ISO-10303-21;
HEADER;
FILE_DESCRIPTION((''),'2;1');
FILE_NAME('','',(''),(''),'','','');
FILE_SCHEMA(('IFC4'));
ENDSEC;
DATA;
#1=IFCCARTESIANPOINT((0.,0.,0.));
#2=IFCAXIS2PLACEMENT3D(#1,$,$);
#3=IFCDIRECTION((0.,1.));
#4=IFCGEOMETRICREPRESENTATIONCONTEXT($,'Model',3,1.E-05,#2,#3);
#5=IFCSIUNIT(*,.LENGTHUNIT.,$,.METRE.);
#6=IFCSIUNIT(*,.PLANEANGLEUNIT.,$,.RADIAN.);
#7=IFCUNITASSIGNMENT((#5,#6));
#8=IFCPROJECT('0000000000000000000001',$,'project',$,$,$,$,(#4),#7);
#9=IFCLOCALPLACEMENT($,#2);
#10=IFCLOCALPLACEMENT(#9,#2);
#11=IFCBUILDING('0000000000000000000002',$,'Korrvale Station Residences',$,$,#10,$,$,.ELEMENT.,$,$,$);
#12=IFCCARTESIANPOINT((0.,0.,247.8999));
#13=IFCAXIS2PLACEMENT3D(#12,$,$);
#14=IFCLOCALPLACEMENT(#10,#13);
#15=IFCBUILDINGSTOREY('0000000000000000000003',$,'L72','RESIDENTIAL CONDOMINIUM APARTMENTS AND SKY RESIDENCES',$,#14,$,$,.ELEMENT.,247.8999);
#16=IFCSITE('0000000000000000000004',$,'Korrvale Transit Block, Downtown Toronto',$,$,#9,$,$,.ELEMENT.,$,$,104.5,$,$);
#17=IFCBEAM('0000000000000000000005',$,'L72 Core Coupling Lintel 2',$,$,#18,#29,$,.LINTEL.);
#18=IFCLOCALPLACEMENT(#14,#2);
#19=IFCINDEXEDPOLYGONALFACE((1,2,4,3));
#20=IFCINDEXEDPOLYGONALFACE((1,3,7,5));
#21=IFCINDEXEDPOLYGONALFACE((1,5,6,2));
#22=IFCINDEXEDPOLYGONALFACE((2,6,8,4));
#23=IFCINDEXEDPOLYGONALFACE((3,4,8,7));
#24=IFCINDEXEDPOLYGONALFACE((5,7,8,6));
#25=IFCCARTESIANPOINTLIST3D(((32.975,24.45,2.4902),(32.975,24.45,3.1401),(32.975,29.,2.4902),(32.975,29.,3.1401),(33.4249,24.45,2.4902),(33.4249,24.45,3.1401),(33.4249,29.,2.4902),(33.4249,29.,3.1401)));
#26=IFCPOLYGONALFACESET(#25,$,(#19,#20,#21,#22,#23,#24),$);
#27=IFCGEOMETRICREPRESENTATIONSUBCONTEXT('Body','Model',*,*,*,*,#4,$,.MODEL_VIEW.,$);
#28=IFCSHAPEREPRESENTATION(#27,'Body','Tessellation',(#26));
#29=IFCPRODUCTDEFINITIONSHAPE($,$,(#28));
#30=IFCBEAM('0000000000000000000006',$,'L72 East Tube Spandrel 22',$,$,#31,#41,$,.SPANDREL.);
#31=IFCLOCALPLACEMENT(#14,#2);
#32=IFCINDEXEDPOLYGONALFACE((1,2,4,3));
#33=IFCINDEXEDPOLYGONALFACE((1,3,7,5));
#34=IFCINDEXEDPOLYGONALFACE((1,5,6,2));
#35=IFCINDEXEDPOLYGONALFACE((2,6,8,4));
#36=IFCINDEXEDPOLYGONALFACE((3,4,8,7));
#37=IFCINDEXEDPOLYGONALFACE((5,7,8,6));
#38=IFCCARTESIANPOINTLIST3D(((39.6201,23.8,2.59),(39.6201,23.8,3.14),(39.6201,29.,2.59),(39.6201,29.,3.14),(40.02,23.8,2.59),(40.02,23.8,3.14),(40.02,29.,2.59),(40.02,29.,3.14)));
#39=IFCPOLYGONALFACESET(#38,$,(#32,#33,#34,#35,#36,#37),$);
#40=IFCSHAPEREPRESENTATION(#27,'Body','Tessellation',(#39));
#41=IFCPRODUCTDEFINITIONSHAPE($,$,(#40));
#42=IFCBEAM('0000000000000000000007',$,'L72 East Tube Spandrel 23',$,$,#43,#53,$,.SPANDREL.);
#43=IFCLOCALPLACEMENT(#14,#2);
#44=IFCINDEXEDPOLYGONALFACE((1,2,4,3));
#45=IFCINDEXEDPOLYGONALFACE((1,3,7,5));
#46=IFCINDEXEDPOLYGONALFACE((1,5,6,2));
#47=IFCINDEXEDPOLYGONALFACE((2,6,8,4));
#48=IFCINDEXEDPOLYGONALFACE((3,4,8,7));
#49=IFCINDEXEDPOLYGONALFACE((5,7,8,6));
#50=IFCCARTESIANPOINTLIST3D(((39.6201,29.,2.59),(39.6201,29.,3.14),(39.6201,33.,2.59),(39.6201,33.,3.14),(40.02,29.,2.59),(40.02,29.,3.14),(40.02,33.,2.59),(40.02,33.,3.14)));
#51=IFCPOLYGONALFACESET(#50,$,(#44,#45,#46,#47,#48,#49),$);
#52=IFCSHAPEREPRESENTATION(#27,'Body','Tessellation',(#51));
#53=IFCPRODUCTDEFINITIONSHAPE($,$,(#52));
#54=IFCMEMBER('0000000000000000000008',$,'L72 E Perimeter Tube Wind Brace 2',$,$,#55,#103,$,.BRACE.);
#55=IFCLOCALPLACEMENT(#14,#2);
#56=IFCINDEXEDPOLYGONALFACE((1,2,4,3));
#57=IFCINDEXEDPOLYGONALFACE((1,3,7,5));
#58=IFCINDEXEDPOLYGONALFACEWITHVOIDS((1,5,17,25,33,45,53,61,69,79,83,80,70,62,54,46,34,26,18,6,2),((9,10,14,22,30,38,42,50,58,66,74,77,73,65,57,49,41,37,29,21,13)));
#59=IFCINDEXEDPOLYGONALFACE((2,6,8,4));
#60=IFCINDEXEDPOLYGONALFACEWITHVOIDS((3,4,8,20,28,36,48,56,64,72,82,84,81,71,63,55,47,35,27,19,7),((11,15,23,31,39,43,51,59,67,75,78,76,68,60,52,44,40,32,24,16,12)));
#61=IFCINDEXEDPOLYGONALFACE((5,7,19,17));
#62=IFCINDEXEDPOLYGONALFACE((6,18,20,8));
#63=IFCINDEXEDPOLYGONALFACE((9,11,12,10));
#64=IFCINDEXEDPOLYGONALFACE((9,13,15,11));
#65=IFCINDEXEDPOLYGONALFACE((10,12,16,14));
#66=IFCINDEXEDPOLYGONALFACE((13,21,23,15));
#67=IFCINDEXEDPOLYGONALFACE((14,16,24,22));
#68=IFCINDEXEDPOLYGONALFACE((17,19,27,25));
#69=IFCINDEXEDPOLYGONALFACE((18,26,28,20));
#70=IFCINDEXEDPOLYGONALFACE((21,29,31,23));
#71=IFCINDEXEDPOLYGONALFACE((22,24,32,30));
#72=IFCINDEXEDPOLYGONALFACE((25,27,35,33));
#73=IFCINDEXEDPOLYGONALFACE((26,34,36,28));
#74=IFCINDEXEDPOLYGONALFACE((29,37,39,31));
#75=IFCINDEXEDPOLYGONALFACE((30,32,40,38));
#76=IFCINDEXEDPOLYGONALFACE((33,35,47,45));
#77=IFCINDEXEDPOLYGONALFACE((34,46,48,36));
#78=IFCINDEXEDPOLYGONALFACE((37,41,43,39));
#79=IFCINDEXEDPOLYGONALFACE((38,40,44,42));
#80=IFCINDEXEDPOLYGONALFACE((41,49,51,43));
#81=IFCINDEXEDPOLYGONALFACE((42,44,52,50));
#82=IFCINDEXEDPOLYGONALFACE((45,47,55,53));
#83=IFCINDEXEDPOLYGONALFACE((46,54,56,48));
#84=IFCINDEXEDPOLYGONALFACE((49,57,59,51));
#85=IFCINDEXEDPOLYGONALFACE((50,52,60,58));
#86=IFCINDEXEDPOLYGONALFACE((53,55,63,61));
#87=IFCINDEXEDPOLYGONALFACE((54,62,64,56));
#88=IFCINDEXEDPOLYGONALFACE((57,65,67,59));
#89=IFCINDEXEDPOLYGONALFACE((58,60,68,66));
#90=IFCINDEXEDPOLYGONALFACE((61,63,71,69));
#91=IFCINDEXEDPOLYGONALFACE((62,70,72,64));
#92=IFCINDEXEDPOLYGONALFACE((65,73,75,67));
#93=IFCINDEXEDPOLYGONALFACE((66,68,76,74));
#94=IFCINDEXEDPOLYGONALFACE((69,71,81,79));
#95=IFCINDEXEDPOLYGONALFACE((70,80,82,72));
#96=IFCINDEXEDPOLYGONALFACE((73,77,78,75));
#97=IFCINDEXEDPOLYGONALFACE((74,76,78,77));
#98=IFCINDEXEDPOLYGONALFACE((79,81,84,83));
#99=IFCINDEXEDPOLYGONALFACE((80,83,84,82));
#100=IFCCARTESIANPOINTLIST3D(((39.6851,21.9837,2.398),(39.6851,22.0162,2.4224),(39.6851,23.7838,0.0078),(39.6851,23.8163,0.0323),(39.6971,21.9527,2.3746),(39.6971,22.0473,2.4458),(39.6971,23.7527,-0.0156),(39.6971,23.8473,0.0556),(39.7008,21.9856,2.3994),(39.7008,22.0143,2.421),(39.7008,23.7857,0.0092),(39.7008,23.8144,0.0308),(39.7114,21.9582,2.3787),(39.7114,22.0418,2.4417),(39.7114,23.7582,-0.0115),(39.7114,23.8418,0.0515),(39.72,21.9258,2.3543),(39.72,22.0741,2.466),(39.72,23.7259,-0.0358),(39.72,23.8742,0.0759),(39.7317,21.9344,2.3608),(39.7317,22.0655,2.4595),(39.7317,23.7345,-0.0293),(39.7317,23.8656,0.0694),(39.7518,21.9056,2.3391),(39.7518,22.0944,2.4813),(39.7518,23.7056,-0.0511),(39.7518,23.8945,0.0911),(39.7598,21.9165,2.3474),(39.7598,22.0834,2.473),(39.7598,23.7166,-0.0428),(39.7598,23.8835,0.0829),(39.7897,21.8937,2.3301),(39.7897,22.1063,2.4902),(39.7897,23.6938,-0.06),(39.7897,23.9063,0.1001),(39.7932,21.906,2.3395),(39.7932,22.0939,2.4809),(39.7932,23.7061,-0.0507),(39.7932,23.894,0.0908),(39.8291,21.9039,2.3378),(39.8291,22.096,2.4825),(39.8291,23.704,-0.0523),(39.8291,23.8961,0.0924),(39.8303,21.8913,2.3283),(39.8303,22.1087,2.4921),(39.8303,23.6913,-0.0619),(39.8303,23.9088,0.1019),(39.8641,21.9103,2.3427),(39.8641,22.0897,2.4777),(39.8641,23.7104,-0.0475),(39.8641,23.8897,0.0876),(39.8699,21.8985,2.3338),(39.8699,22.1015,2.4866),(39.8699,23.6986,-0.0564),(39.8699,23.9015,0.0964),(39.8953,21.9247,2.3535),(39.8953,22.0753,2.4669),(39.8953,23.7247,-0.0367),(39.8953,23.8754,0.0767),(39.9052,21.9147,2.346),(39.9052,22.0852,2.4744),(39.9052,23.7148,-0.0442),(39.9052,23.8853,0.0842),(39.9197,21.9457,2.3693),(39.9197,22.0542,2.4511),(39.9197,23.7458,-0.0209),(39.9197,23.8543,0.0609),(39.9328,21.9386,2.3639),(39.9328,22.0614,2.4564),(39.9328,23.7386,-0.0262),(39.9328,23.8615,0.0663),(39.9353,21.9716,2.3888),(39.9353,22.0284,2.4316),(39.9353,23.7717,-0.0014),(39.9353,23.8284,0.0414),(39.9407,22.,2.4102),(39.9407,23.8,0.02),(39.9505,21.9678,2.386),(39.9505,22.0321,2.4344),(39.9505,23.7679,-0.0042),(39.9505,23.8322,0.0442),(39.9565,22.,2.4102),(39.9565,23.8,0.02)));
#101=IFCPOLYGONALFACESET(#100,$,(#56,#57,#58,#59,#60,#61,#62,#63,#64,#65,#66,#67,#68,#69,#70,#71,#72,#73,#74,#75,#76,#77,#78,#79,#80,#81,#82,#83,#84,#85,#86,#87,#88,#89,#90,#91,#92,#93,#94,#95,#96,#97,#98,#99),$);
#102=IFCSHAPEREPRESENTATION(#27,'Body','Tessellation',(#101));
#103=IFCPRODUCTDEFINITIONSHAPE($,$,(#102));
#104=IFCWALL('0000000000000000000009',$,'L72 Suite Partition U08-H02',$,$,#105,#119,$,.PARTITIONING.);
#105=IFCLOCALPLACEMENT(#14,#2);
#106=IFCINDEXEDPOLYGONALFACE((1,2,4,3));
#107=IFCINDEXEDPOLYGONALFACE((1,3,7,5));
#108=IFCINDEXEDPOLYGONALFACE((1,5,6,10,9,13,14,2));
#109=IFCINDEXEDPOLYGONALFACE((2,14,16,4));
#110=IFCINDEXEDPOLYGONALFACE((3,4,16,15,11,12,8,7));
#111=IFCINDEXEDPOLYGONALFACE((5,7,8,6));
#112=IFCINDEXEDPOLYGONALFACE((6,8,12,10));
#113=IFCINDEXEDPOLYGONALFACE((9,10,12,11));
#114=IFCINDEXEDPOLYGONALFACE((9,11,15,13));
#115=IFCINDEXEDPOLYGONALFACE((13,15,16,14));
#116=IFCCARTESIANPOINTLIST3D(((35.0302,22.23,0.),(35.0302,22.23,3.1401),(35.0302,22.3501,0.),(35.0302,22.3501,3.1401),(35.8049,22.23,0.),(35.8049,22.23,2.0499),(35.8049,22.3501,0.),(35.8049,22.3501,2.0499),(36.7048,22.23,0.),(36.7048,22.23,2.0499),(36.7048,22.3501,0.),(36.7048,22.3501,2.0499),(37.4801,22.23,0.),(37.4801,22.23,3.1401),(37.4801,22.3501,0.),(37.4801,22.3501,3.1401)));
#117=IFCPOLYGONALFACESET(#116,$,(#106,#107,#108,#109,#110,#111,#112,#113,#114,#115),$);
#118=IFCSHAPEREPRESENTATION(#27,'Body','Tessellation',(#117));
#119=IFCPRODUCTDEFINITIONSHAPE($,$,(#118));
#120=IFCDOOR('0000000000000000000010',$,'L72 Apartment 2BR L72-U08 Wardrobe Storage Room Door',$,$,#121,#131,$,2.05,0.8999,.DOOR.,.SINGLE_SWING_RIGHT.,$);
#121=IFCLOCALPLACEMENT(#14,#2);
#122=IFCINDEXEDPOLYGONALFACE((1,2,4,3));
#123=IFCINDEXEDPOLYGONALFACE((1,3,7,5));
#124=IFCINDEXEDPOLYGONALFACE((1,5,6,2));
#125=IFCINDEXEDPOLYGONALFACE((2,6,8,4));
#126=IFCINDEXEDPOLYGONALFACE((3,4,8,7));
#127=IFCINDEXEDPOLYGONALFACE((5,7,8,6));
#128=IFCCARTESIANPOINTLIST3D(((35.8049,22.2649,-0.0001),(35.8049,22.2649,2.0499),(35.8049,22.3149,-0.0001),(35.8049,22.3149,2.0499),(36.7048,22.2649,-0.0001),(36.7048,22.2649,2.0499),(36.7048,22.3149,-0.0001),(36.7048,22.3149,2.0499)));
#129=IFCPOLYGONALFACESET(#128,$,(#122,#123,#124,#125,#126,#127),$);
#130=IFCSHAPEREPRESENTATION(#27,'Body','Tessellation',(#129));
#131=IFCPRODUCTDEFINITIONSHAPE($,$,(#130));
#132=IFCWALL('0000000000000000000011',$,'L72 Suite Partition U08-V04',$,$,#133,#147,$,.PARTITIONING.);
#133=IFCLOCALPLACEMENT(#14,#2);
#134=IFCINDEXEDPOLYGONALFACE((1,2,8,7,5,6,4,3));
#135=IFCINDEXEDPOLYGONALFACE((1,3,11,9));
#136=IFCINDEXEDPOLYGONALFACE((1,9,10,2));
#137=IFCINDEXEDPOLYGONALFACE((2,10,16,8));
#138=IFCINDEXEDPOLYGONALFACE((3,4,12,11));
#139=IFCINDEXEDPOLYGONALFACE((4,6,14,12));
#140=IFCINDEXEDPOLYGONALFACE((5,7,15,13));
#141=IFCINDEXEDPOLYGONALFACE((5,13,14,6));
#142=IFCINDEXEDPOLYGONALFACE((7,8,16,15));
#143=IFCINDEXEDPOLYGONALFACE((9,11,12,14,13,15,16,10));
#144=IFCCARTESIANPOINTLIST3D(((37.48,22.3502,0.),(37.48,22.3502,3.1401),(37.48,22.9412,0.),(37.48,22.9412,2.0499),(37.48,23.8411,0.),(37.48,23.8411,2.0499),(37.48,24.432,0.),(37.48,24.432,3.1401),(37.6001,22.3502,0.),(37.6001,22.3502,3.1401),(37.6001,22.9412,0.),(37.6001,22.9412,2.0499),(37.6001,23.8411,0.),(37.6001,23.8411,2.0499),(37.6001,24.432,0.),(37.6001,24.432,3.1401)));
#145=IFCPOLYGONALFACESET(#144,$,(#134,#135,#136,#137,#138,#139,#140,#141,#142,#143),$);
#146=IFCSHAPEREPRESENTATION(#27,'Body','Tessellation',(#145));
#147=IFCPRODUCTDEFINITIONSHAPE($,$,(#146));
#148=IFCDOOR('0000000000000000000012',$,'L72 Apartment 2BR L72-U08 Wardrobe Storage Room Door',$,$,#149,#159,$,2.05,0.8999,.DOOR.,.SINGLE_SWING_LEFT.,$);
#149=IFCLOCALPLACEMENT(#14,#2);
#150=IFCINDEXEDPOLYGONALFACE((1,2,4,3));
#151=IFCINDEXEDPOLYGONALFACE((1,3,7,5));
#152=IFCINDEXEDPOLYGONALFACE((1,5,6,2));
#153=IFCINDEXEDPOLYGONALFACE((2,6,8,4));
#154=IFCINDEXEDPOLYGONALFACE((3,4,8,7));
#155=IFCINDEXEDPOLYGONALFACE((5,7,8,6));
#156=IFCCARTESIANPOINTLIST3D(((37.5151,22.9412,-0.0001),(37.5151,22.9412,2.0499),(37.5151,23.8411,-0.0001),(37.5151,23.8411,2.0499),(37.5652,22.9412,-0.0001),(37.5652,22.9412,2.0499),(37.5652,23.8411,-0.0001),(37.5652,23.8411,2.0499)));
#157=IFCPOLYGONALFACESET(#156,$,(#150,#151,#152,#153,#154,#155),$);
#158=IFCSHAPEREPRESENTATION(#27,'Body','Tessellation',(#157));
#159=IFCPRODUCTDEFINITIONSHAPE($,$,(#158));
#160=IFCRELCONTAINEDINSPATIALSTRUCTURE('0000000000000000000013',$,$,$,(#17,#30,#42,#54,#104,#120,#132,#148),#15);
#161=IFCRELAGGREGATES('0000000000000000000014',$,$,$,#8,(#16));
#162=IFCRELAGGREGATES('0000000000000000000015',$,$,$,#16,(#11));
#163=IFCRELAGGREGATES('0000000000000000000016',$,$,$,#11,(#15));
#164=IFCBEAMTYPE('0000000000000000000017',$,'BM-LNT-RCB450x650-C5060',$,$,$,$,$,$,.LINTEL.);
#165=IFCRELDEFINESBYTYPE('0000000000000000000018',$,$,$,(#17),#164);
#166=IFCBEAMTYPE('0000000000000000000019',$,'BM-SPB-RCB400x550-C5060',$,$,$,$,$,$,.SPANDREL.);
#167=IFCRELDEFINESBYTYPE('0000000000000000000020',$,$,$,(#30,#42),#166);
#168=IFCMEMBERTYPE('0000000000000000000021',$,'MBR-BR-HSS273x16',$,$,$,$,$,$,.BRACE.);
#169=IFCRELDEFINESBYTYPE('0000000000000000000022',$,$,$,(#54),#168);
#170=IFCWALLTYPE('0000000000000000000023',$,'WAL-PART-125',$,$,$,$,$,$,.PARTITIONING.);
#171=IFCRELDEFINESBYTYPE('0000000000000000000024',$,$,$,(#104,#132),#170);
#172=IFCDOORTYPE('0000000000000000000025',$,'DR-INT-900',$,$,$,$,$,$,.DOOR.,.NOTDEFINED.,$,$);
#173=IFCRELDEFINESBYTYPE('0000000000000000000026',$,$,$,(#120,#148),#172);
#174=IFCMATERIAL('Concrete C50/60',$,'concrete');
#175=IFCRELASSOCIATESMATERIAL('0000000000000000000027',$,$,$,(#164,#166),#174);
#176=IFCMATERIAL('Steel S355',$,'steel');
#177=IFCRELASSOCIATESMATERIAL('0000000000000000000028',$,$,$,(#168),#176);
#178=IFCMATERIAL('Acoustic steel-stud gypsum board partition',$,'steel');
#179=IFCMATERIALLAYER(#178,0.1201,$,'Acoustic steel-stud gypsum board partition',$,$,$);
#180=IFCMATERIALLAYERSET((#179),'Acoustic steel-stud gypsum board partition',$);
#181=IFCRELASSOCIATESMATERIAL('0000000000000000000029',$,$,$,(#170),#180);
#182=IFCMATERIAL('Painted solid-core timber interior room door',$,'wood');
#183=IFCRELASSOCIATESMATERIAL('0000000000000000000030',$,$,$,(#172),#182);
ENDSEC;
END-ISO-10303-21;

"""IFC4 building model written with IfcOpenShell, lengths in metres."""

from ifc_helpers import new_model, si_unit, direction, frame, frame_2d, origin, origin_2d, place, context, subcontext, project, spatial, rectangle, hollow_circle, extrude, material, layer, layer_set, material_profile, profile_set, type_object, element, fill, save


model = new_model("IFC4")

# Units and contexts
model_context = context("Model", 3, precision=1e-05, world=origin(), true_north=direction((0.0, 1.0)))
body_context = subcontext(model_context, "Body", "Model", "MODEL_VIEW")
ifc_project = project(units=[si_unit("LENGTHUNIT", "METRE"), si_unit("PLANEANGLEUNIT", "RADIAN")], contexts=[model_context])

# Site, building, storey
site_placement = place(None, origin())
site = spatial("IfcSite", under=ifc_project, at=site_placement, Name="Korrvale Transit Block, Downtown Toronto", CompositionType="ELEMENT", RefElevation=104.5)
building_placement = place(site_placement, origin())
building = spatial("IfcBuilding", under=site, at=building_placement, Name="Korrvale Station Residences", CompositionType="ELEMENT")
storey_placement = place(building_placement, frame((0.0, 0.0, 247.8999)))
storey = spatial("IfcBuildingStorey", under=building, at=storey_placement, Name="L72", Description="RESIDENTIAL CONDOMINIUM APARTMENTS AND SKY RESIDENCES", CompositionType="ELEMENT", Elevation=247.8999)

# Shared definitions
ifc_material_1 = material(Name="Concrete C50/60", Category="concrete")

# Beams
ifc_material_2 = material(Name="Steel S355", Category="steel")
ifc_material_profile_1 = material_profile(ifc_material_1, rectangle(XDim=0.45, YDim=0.6499, at=origin_2d()), Name="RCB450x650")
ifc_profile_set_1 = profile_set([ifc_material_profile_1], Name="Concrete C50/60")
beam_type_1 = type_object("IfcBeamType", Name="BM-LNT-RCB450x650-C5060", PredefinedType="LINTEL", material=ifc_profile_set_1)
beam_1_placement = place(storey_placement, frame((33.2, 24.45, 2.8152), z_axis=(0.0, 1.0, 0.0), x_axis=(-1.0, 0.0, 0.0)))
element("IfcBeam", 1, at=beam_1_placement, inside=storey, type_object=beam_type_1, Name="L72 Core Coupling Lintel 2", PredefinedType="LINTEL", context=body_context, shape_type="SweptSolid", body=[
    extrude(rectangle(XDim=0.45, YDim=0.6499, at=origin_2d()), origin(), (0.0, 0.0, 1.0), 4.55),
])
ifc_material_profile_2 = material_profile(ifc_material_1, rectangle(XDim=0.3999, YDim=0.55, at=origin_2d()), Name="RCB400x550")
ifc_profile_set_2 = profile_set([ifc_material_profile_2], Name="Concrete C50/60")
beam_type_2 = type_object("IfcBeamType", Name="BM-SPB-RCB400x550-C5060", PredefinedType="SPANDREL", material=ifc_profile_set_2)
beam_2_placement = place(storey_placement, frame((39.8201, 23.8, 2.865), z_axis=(0.0, 1.0, 0.0), x_axis=(-1.0, 0.0, 0.0)))
element("IfcBeam", 2, at=beam_2_placement, inside=storey, type_object=beam_type_2, Name="L72 East Tube Spandrel 22", PredefinedType="SPANDREL", context=body_context, shape_type="SweptSolid", body=[
    extrude(rectangle(XDim=0.3999, YDim=0.55, at=origin_2d()), origin(), (0.0, 0.0, 1.0), 5.2),
])
beam_3_placement = place(storey_placement, frame((39.8201, 29.0, 2.865), z_axis=(0.0, 1.0, 0.0), x_axis=(-1.0, 0.0, 0.0)))
element("IfcBeam", 3, at=beam_3_placement, inside=storey, type_object=beam_type_2, Name="L72 East Tube Spandrel 23", PredefinedType="SPANDREL", context=body_context, shape_type="SweptSolid", body=[
    extrude(rectangle(XDim=0.3999, YDim=0.55, at=origin_2d()), origin(), (0.0, 0.0, 1.0), 4.0),
])

# Member
ifc_material_profile_3 = material_profile(ifc_material_2, hollow_circle(Radius=0.1365, WallThickness=0.0159, at=origin_2d()), Name="HSS273x16")
ifc_profile_set_3 = profile_set([ifc_material_profile_3], Name="Steel S355")
member_type = type_object("IfcMemberType", Name="MBR-BR-HSS273x16", PredefinedType="BRACE", material=ifc_profile_set_3)
member_placement = place(storey_placement, frame((39.8201, 23.8, 0.02), z_axis=(0.0, -0.601592, 0.798804), x_axis=(1.0, 0.0, 0.0)))
element("IfcMember", 4, at=member_placement, inside=storey, type_object=member_type, Name="L72 E Perimeter Tube Wind Brace 2", PredefinedType="BRACE", context=body_context, shape_type="SweptSolid", body=[
    extrude(hollow_circle(Radius=0.1365, WallThickness=0.0159, at=origin_2d()), origin(), (0.0, 0.0, 1.0), 2.9922),
])

# Walls, openings, doors
ifc_material_3 = material(Name="Acoustic steel-stud gypsum board partition", Category="steel")
ifc_layer_1 = layer(ifc_material_3, 0.1201, Name="Acoustic steel-stud gypsum board partition")
ifc_layer_set_1 = layer_set([ifc_layer_1], Name="Acoustic steel-stud gypsum board partition")
wall_type_1 = type_object("IfcWallType", Name="WAL-PART-125", PredefinedType="PARTITIONING", material=ifc_layer_set_1)
wall_1_placement = place(storey_placement, frame((35.03, 22.29, 0.0), z_axis=(0.0, 0.0, 1.0), x_axis=(1.0, 0.0, 0.0)))
wall_1 = element("IfcWall", 5, at=wall_1_placement, inside=storey, type_object=wall_type_1, Name="L72 Suite Partition U08-H02", PredefinedType="PARTITIONING", context=body_context, shape_type="SweptSolid", body=[
    extrude(rectangle(XDim=2.45, YDim=0.1201, at=frame_2d((1.2251, 0.0))), origin(), (0.0, 0.0, 1.0), 3.1401),
])
opening_1_placement = place(wall_1_placement, frame((0.7749, 0.0, 0.0)))
opening_1 = element("IfcOpeningElement", 6, at=opening_1_placement, cuts=wall_1, PredefinedType="OPENING", context=body_context, shape_type="SweptSolid", body=[
    extrude(rectangle(XDim=0.8999, YDim=2.05, at=frame_2d((0.45, 1.0249))), frame((0.0, 0.0701, 0.0), z_axis=(0.0, -1.0, 0.0), x_axis=(1.0, 0.0, 0.0)), (0.0, 0.0, 1.0), 0.1401),
])
ifc_material_4 = material(Name="Painted solid-core timber interior room door", Category="wood")
door_type = type_object("IfcDoorType", Name="DR-INT-900", OperationType="NOTDEFINED", PredefinedType="DOOR", material=ifc_material_4)
door_1_placement = place(opening_1_placement, origin())
door_1 = element("IfcDoor", 7, at=door_1_placement, inside=storey, type_object=door_type, Name="L72 Apartment 2BR L72-U08 Wardrobe Storage Room Door", OperationType="SINGLE_SWING_RIGHT", OverallHeight=2.05, OverallWidth=0.8999, PredefinedType="DOOR", context=body_context, shape_type="SweptSolid", body=[
    extrude(rectangle(XDim=0.8999, YDim=2.05, at=frame_2d((0.45, 1.0249))), frame((0.0, 0.0249, 0.0), z_axis=(0.0, -1.0, 0.0), x_axis=(1.0, 0.0, 0.0)), (0.0, 0.0, 1.0), 0.05),
])
fill(opening_1, door_1)
wall_2_placement = place(storey_placement, frame((37.54, 22.3501, 0.0), z_axis=(0.0, 0.0, 1.0), x_axis=(0.0, 1.0, 0.0)))
wall_2 = element("IfcWall", 8, at=wall_2_placement, inside=storey, type_object=wall_type_1, Name="L72 Suite Partition U08-V04", PredefinedType="PARTITIONING", context=body_context, shape_type="SweptSolid", body=[
    extrude(rectangle(XDim=2.0818, YDim=0.1201, at=frame_2d((1.041, 0.0))), origin(), (0.0, 0.0, 1.0), 3.1401),
])
opening_2_placement = place(wall_2_placement, frame((0.5911, 0.0, 0.0)))
opening_2 = element("IfcOpeningElement", 9, at=opening_2_placement, cuts=wall_2, PredefinedType="OPENING", context=body_context, shape_type="SweptSolid", body=[
    extrude(rectangle(XDim=0.8999, YDim=2.05, at=frame_2d((0.45, 1.0249))), frame((0.0, 0.0701, 0.0), z_axis=(0.0, -1.0, 0.0), x_axis=(1.0, 0.0, 0.0)), (0.0, 0.0, 1.0), 0.1401),
])
door_2_placement = place(opening_2_placement, origin())
door_2 = element("IfcDoor", 10, at=door_2_placement, inside=storey, type_object=door_type, Name="L72 Apartment 2BR L72-U08 Wardrobe Storage Room Door", OperationType="SINGLE_SWING_LEFT", OverallHeight=2.05, OverallWidth=0.8999, PredefinedType="DOOR", context=body_context, shape_type="SweptSolid", body=[
    extrude(rectangle(XDim=0.8999, YDim=2.05, at=frame_2d((0.45, 1.0249))), frame((0.0, 0.0249, 0.0), z_axis=(0.0, -1.0, 0.0), x_axis=(1.0, 0.0, 0.0)), (0.0, 0.0, 1.0), 0.05),
])
fill(opening_2, door_2)

save(model, "model.ifc")
